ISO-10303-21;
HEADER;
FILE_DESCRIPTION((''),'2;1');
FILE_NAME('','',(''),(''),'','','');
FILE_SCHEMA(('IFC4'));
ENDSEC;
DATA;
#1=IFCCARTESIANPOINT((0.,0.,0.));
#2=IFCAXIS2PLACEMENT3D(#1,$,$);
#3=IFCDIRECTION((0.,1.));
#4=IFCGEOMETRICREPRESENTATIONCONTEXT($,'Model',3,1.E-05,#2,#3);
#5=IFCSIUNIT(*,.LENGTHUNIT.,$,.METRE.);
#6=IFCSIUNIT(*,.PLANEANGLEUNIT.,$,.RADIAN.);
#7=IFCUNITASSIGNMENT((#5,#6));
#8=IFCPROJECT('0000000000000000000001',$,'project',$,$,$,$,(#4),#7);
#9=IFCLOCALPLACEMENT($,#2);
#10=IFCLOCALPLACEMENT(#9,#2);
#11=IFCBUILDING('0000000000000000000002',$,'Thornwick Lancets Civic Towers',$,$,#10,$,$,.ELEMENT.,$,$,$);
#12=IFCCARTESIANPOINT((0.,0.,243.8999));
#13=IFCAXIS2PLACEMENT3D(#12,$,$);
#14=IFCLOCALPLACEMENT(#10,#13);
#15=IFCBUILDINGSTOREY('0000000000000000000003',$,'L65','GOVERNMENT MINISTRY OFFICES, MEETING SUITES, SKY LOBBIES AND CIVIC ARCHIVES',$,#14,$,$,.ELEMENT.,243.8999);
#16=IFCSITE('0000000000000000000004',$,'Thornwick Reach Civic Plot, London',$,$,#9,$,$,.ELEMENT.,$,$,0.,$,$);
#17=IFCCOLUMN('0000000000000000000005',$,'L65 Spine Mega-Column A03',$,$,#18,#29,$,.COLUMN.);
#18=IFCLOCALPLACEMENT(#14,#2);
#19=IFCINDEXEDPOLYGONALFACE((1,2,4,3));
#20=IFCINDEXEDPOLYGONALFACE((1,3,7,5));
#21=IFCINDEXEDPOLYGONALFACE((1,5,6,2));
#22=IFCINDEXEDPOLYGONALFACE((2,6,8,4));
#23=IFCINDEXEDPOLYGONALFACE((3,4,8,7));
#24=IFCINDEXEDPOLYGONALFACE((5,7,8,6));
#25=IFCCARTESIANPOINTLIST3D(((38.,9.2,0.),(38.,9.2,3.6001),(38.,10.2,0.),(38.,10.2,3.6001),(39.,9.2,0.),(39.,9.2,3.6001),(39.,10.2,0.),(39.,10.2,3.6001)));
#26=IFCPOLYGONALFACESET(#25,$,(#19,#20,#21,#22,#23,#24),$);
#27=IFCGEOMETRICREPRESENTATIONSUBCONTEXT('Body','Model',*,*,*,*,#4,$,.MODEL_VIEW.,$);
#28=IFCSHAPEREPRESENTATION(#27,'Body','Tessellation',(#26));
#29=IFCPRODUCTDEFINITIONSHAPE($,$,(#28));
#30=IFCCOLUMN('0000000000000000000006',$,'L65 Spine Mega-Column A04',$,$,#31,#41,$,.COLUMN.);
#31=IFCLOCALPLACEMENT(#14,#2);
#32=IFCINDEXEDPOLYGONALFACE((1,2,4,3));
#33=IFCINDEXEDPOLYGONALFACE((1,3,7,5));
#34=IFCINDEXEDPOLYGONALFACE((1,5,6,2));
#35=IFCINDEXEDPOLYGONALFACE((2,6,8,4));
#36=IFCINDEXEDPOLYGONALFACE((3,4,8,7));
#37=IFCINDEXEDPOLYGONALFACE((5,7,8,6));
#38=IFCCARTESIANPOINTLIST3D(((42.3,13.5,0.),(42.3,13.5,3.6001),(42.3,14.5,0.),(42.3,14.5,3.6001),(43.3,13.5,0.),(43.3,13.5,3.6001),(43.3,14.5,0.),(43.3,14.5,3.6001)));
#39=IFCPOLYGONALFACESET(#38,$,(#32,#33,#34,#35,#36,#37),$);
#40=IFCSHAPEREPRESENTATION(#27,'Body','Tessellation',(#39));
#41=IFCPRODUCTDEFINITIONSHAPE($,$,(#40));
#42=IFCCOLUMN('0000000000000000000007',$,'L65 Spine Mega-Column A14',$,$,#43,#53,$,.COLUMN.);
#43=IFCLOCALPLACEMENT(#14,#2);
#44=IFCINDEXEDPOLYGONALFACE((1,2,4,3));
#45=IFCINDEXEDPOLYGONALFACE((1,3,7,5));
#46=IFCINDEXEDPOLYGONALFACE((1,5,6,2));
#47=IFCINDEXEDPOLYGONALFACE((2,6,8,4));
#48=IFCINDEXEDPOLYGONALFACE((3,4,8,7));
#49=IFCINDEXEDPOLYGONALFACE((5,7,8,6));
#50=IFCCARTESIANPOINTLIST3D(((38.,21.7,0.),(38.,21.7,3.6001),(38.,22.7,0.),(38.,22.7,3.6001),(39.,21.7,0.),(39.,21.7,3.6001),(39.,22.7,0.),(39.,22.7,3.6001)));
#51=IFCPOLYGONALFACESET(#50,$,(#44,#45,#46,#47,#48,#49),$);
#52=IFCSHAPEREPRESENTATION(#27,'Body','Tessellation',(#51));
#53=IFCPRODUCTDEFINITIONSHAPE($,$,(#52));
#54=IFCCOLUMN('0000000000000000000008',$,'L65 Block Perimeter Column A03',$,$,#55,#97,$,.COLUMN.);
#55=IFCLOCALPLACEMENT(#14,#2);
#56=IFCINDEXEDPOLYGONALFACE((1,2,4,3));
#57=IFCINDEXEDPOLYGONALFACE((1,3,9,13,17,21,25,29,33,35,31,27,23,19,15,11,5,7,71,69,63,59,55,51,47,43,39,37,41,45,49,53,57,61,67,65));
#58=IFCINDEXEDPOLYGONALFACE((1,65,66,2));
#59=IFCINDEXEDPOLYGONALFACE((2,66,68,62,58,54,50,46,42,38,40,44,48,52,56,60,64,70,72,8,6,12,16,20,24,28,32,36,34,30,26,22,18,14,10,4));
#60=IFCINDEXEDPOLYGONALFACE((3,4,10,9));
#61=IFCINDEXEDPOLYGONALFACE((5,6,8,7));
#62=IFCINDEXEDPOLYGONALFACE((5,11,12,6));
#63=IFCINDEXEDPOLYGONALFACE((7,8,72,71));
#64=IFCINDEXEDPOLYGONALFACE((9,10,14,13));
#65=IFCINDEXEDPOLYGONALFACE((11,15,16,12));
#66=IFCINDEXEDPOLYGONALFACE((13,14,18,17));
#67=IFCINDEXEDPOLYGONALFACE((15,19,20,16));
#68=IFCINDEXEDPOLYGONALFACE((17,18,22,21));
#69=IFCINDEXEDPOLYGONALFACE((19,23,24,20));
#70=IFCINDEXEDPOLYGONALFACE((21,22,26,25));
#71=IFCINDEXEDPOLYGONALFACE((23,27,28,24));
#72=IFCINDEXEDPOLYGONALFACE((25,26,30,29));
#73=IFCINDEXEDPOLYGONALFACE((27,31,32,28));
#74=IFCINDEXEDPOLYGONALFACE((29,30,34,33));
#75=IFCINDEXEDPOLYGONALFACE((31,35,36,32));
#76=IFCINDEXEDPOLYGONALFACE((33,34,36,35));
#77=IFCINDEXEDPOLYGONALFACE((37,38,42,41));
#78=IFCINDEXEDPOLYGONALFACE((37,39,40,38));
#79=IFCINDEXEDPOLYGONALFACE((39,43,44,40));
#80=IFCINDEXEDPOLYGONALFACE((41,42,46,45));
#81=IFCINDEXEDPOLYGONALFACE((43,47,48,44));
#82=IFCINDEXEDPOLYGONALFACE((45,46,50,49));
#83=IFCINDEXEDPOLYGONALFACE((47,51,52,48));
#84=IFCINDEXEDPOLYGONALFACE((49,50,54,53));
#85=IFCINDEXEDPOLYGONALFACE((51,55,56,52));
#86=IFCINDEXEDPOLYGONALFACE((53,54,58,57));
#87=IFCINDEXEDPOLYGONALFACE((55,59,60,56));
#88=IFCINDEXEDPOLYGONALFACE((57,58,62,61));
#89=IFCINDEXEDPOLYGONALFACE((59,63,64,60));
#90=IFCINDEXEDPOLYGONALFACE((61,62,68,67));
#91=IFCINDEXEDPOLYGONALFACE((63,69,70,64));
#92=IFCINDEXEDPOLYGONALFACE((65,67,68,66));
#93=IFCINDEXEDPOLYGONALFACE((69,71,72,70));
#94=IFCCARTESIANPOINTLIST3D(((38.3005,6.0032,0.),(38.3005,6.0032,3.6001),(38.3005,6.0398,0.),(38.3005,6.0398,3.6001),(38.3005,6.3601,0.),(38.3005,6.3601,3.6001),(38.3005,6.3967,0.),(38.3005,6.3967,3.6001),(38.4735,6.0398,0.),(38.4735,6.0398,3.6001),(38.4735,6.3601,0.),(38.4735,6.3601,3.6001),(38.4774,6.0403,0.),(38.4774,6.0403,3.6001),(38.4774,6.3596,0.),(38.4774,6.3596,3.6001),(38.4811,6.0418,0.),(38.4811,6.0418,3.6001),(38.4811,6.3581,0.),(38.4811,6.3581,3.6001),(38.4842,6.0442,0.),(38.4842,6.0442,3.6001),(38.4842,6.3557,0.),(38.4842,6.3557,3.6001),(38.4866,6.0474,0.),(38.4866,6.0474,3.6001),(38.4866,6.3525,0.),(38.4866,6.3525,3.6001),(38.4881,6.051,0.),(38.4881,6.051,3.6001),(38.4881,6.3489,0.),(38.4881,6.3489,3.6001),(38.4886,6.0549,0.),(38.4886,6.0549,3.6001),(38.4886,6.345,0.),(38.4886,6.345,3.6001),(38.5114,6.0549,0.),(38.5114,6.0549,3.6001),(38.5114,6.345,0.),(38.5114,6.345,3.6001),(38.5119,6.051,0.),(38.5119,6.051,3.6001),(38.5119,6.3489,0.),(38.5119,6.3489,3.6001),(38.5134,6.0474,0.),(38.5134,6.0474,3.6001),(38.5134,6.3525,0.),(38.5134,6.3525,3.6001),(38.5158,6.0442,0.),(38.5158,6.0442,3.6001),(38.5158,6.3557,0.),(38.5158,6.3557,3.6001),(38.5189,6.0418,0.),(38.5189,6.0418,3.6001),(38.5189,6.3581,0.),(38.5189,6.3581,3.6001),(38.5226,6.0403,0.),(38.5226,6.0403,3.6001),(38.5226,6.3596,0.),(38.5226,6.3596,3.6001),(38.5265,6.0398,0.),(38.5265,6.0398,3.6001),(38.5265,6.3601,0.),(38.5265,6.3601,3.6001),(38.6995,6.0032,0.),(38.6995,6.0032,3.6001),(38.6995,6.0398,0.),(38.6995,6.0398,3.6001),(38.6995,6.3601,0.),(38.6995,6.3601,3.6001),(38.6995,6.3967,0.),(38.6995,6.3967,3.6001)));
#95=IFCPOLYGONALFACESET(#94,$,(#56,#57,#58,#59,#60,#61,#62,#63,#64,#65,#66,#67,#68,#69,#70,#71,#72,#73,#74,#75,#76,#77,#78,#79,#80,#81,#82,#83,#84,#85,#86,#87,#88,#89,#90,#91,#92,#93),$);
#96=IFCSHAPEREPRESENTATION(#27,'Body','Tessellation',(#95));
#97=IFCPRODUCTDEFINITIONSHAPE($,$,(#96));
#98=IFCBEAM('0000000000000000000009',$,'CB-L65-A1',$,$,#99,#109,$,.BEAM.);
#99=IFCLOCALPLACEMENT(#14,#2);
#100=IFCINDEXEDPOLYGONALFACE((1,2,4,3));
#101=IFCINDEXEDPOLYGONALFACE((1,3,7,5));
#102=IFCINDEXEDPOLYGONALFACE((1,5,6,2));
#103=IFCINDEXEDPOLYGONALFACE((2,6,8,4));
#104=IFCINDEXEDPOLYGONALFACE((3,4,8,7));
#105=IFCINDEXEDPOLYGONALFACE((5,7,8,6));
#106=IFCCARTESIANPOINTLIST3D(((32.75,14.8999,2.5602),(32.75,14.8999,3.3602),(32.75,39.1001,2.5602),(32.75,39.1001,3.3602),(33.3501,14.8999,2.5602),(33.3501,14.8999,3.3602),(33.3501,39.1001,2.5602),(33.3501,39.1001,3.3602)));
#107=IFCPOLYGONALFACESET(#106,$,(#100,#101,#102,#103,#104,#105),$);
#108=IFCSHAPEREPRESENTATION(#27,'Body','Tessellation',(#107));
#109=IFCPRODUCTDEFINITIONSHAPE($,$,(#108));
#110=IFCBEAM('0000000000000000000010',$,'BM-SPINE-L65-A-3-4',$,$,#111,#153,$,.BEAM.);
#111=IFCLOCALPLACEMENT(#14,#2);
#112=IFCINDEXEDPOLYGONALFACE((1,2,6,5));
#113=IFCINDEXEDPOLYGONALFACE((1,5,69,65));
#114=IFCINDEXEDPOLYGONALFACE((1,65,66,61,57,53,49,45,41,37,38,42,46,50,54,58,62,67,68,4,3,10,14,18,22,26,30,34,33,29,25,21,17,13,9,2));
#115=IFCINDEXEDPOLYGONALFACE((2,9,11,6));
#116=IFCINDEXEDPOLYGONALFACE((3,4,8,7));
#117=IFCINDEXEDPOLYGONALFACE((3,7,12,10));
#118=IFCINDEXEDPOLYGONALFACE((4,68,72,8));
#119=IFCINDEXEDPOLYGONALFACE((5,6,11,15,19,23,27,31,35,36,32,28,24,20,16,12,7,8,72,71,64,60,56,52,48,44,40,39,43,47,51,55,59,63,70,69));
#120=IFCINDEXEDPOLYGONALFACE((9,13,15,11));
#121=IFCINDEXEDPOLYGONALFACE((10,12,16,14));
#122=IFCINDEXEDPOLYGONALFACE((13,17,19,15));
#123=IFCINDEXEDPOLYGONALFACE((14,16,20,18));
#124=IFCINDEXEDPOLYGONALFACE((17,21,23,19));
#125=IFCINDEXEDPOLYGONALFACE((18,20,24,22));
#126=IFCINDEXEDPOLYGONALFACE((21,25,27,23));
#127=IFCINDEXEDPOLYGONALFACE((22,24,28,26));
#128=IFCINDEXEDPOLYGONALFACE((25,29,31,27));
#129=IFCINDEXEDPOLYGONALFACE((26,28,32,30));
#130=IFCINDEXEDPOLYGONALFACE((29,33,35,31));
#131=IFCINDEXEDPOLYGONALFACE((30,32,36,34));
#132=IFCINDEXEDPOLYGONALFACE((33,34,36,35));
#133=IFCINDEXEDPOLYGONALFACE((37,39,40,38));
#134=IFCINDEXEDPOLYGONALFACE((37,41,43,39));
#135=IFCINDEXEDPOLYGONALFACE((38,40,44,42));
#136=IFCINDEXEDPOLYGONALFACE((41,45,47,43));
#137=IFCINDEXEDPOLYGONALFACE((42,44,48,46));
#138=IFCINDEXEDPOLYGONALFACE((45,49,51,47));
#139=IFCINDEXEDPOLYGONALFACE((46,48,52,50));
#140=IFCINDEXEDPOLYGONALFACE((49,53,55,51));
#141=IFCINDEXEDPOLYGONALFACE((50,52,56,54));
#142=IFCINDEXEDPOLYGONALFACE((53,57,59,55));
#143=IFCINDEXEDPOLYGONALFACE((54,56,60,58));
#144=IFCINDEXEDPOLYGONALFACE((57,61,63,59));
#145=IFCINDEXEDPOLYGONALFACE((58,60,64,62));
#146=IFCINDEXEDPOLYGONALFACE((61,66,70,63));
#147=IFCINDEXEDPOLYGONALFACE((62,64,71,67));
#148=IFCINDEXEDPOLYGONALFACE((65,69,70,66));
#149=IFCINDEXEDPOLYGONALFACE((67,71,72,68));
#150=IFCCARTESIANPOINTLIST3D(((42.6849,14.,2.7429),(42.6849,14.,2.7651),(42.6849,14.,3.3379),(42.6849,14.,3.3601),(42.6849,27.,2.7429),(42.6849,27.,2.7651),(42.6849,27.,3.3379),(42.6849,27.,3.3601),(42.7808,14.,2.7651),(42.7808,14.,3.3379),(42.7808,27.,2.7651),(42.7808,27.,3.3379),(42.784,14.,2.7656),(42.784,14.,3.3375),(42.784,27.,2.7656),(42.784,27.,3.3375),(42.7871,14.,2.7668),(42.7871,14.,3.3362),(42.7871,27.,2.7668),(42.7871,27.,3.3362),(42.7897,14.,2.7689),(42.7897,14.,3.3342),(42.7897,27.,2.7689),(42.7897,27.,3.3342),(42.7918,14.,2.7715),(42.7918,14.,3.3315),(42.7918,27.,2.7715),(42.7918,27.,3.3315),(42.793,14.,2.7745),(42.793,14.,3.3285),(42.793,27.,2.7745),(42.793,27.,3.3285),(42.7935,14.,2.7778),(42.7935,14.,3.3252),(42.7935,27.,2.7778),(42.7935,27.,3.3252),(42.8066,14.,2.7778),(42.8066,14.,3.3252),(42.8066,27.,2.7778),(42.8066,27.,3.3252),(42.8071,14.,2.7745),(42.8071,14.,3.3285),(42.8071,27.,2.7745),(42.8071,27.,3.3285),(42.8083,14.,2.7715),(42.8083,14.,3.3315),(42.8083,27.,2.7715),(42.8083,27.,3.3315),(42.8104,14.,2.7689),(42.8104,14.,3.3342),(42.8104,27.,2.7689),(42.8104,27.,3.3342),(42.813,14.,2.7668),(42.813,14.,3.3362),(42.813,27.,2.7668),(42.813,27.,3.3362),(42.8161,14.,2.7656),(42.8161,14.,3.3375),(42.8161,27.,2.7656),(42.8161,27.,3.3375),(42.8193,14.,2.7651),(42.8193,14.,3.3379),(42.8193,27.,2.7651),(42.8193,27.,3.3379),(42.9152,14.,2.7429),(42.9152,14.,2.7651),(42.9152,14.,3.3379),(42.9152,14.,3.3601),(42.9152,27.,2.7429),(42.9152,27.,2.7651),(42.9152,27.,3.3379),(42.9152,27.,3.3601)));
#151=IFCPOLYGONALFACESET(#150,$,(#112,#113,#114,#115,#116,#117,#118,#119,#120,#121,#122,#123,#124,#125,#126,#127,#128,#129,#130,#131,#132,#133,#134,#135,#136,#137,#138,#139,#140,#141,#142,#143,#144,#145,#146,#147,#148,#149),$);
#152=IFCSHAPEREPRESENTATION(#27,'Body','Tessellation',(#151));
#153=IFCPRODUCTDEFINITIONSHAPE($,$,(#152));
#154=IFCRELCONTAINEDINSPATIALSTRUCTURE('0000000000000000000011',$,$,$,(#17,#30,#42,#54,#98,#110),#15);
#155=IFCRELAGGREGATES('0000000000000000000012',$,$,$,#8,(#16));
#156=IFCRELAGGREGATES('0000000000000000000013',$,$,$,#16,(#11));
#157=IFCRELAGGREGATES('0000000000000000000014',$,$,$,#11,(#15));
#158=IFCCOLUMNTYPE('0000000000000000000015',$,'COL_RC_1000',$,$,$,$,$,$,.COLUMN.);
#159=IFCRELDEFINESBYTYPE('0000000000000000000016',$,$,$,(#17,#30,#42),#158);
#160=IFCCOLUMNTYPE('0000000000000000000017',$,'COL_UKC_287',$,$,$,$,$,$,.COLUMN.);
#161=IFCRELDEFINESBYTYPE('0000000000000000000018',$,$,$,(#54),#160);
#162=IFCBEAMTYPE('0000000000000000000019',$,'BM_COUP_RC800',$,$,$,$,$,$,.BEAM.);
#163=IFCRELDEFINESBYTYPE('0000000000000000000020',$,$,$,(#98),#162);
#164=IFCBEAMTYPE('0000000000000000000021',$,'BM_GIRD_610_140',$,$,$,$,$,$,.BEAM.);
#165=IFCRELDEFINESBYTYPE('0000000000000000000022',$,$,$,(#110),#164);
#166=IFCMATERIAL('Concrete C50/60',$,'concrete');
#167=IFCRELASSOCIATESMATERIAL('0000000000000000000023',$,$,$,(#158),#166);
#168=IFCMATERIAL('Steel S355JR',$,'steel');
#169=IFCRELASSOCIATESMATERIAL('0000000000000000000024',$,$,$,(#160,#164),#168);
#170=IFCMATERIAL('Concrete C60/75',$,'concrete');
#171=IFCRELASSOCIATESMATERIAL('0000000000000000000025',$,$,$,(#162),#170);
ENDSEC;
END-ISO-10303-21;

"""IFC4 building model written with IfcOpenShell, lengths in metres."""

from ifc_helpers import new_model, si_unit, direction, frame, origin, origin_2d, place, context, subcontext, project, spatial, rectangle, i_section, extrude, material, material_profile, profile_set, type_object, element, save


model = new_model("IFC4")

# Units and contexts
model_context = context("Model", 3, precision=1e-05, world=origin(), true_north=direction((0.0, 1.0)))
body_context = subcontext(model_context, "Body", "Model", "MODEL_VIEW")
ifc_project = project(units=[si_unit("LENGTHUNIT", "METRE"), si_unit("PLANEANGLEUNIT", "RADIAN")], contexts=[model_context])

# Site, building, storey
site_placement = place(None, origin())
site = spatial("IfcSite", under=ifc_project, at=site_placement, Name="Thornwick Reach Civic Plot, London", CompositionType="ELEMENT", RefElevation=0.0)
building_placement = place(site_placement, origin())
building = spatial("IfcBuilding", under=site, at=building_placement, Name="Thornwick Lancets Civic Towers", CompositionType="ELEMENT")
storey_placement = place(building_placement, frame((0.0, 0.0, 243.8999)))
storey = spatial("IfcBuildingStorey", under=building, at=storey_placement, Name="L65", Description="GOVERNMENT MINISTRY OFFICES, MEETING SUITES, SKY LOBBIES AND CIVIC ARCHIVES", CompositionType="ELEMENT", Elevation=243.8999)

# Columns
ifc_material_1 = material(Name="Concrete C50/60", Category="concrete")
ifc_material_profile_1 = material_profile(ifc_material_1, rectangle(XDim=1.0, YDim=1.0, at=origin_2d()), Name="RC 1000x1000")
ifc_profile_set_1 = profile_set([ifc_material_profile_1], Name="Concrete C50/60")
column_type_1 = type_object("IfcColumnType", Name="COL_RC_1000", PredefinedType="COLUMN", material=ifc_profile_set_1)
for number, where, z_axis, x_axis, name in (
    (1, (38.5, 9.7, 0.0), (0.0, 0.0, 1.0), (1.0, 0.0, 0.0), "L65 Spine Mega-Column A03"),
    (2, (42.8, 14.0, 0.0), (0.0, 0.0, 1.0), (1.0, 0.0, 0.0), "L65 Spine Mega-Column A04"),
    (3, (38.5, 22.2, 0.0), (0.0, 0.0, 1.0), (1.0, 0.0, 0.0), "L65 Spine Mega-Column A14"),
):
    element("IfcColumn", number, at=place(storey_placement, frame(where, z_axis=z_axis, x_axis=x_axis)), inside=storey, type_object=column_type_1, Name=name, PredefinedType="COLUMN", context=body_context, shape_type="SweptSolid", body=[
        extrude(rectangle(XDim=1.0, YDim=1.0, at=origin_2d()), origin(), (0.0, 0.0, 1.0), 3.6001),
    ])
ifc_material_2 = material(Name="Steel S355JR", Category="steel")
ifc_material_profile_2 = material_profile(ifc_material_2, i_section(OverallWidth=0.3989, OverallDepth=0.3936, WebThickness=0.0227, FlangeThickness=0.0366, FilletRadius=0.0151, at=origin_2d()), Name="UKC 356x406x287")
ifc_profile_set_2 = profile_set([ifc_material_profile_2], Name="Steel S355JR")
column_type_2 = type_object("IfcColumnType", Name="COL_UKC_287", PredefinedType="COLUMN", material=ifc_profile_set_2)
column_placement = place(storey_placement, frame((38.5, 6.2, 0.0), z_axis=(0.0, 0.0, 1.0), x_axis=(1.0, 0.0, 0.0)))
element("IfcColumn", 4, at=column_placement, inside=storey, type_object=column_type_2, Name="L65 Block Perimeter Column A03", PredefinedType="COLUMN", context=body_context, shape_type="SweptSolid", body=[
    extrude(i_section(OverallWidth=0.3989, OverallDepth=0.3936, WebThickness=0.0227, FlangeThickness=0.0366, FilletRadius=0.0151, at=origin_2d()), origin(), (0.0, 0.0, 1.0), 3.6001),
])

# Beams
ifc_material_3 = material(Name="Concrete C60/75", Category="concrete")
ifc_material_profile_3 = material_profile(ifc_material_3, rectangle(XDim=0.6001, YDim=0.8, at=origin_2d()), Name="RC 600x800")
ifc_profile_set_3 = profile_set([ifc_material_profile_3], Name="Concrete C60/75")
beam_type_1 = type_object("IfcBeamType", Name="BM_COUP_RC800", PredefinedType="BEAM", material=ifc_profile_set_3)
beam_1_placement = place(storey_placement, frame((33.05, 14.8999, 2.9602), z_axis=(0.0, 1.0, 0.0), x_axis=(-1.0, 0.0, 0.0)))
element("IfcBeam", 5, at=beam_1_placement, inside=storey, type_object=beam_type_1, Name="CB-L65-A1", PredefinedType="BEAM", context=body_context, shape_type="SweptSolid", body=[
    extrude(rectangle(XDim=0.6001, YDim=0.8, at=origin_2d()), origin(), (0.0, 0.0, 1.0), 24.2002),
])
ifc_material_profile_4 = material_profile(ifc_material_2, i_section(OverallWidth=0.2302, OverallDepth=0.6172, WebThickness=0.0132, FlangeThickness=0.0222, FilletRadius=0.0127, at=origin_2d()), Name="UKB 610x229x140")
ifc_profile_set_4 = profile_set([ifc_material_profile_4], Name="Steel S355JR")
beam_type_2 = type_object("IfcBeamType", Name="BM_GIRD_610_140", PredefinedType="BEAM", material=ifc_profile_set_4)
beam_2_placement = place(storey_placement, frame((42.8, 14.0, 3.0515), z_axis=(0.0, 1.0, 0.0), x_axis=(-1.0, 0.0, 0.0)))
element("IfcBeam", 6, at=beam_2_placement, inside=storey, type_object=beam_type_2, Name="BM-SPINE-L65-A-3-4", PredefinedType="BEAM", context=body_context, shape_type="SweptSolid", body=[
    extrude(i_section(OverallWidth=0.2302, OverallDepth=0.6172, WebThickness=0.0132, FlangeThickness=0.0222, FilletRadius=0.0127, at=origin_2d()), origin(), (0.0, 0.0, 1.0), 13.0),
])

save(model, "model.ifc")
